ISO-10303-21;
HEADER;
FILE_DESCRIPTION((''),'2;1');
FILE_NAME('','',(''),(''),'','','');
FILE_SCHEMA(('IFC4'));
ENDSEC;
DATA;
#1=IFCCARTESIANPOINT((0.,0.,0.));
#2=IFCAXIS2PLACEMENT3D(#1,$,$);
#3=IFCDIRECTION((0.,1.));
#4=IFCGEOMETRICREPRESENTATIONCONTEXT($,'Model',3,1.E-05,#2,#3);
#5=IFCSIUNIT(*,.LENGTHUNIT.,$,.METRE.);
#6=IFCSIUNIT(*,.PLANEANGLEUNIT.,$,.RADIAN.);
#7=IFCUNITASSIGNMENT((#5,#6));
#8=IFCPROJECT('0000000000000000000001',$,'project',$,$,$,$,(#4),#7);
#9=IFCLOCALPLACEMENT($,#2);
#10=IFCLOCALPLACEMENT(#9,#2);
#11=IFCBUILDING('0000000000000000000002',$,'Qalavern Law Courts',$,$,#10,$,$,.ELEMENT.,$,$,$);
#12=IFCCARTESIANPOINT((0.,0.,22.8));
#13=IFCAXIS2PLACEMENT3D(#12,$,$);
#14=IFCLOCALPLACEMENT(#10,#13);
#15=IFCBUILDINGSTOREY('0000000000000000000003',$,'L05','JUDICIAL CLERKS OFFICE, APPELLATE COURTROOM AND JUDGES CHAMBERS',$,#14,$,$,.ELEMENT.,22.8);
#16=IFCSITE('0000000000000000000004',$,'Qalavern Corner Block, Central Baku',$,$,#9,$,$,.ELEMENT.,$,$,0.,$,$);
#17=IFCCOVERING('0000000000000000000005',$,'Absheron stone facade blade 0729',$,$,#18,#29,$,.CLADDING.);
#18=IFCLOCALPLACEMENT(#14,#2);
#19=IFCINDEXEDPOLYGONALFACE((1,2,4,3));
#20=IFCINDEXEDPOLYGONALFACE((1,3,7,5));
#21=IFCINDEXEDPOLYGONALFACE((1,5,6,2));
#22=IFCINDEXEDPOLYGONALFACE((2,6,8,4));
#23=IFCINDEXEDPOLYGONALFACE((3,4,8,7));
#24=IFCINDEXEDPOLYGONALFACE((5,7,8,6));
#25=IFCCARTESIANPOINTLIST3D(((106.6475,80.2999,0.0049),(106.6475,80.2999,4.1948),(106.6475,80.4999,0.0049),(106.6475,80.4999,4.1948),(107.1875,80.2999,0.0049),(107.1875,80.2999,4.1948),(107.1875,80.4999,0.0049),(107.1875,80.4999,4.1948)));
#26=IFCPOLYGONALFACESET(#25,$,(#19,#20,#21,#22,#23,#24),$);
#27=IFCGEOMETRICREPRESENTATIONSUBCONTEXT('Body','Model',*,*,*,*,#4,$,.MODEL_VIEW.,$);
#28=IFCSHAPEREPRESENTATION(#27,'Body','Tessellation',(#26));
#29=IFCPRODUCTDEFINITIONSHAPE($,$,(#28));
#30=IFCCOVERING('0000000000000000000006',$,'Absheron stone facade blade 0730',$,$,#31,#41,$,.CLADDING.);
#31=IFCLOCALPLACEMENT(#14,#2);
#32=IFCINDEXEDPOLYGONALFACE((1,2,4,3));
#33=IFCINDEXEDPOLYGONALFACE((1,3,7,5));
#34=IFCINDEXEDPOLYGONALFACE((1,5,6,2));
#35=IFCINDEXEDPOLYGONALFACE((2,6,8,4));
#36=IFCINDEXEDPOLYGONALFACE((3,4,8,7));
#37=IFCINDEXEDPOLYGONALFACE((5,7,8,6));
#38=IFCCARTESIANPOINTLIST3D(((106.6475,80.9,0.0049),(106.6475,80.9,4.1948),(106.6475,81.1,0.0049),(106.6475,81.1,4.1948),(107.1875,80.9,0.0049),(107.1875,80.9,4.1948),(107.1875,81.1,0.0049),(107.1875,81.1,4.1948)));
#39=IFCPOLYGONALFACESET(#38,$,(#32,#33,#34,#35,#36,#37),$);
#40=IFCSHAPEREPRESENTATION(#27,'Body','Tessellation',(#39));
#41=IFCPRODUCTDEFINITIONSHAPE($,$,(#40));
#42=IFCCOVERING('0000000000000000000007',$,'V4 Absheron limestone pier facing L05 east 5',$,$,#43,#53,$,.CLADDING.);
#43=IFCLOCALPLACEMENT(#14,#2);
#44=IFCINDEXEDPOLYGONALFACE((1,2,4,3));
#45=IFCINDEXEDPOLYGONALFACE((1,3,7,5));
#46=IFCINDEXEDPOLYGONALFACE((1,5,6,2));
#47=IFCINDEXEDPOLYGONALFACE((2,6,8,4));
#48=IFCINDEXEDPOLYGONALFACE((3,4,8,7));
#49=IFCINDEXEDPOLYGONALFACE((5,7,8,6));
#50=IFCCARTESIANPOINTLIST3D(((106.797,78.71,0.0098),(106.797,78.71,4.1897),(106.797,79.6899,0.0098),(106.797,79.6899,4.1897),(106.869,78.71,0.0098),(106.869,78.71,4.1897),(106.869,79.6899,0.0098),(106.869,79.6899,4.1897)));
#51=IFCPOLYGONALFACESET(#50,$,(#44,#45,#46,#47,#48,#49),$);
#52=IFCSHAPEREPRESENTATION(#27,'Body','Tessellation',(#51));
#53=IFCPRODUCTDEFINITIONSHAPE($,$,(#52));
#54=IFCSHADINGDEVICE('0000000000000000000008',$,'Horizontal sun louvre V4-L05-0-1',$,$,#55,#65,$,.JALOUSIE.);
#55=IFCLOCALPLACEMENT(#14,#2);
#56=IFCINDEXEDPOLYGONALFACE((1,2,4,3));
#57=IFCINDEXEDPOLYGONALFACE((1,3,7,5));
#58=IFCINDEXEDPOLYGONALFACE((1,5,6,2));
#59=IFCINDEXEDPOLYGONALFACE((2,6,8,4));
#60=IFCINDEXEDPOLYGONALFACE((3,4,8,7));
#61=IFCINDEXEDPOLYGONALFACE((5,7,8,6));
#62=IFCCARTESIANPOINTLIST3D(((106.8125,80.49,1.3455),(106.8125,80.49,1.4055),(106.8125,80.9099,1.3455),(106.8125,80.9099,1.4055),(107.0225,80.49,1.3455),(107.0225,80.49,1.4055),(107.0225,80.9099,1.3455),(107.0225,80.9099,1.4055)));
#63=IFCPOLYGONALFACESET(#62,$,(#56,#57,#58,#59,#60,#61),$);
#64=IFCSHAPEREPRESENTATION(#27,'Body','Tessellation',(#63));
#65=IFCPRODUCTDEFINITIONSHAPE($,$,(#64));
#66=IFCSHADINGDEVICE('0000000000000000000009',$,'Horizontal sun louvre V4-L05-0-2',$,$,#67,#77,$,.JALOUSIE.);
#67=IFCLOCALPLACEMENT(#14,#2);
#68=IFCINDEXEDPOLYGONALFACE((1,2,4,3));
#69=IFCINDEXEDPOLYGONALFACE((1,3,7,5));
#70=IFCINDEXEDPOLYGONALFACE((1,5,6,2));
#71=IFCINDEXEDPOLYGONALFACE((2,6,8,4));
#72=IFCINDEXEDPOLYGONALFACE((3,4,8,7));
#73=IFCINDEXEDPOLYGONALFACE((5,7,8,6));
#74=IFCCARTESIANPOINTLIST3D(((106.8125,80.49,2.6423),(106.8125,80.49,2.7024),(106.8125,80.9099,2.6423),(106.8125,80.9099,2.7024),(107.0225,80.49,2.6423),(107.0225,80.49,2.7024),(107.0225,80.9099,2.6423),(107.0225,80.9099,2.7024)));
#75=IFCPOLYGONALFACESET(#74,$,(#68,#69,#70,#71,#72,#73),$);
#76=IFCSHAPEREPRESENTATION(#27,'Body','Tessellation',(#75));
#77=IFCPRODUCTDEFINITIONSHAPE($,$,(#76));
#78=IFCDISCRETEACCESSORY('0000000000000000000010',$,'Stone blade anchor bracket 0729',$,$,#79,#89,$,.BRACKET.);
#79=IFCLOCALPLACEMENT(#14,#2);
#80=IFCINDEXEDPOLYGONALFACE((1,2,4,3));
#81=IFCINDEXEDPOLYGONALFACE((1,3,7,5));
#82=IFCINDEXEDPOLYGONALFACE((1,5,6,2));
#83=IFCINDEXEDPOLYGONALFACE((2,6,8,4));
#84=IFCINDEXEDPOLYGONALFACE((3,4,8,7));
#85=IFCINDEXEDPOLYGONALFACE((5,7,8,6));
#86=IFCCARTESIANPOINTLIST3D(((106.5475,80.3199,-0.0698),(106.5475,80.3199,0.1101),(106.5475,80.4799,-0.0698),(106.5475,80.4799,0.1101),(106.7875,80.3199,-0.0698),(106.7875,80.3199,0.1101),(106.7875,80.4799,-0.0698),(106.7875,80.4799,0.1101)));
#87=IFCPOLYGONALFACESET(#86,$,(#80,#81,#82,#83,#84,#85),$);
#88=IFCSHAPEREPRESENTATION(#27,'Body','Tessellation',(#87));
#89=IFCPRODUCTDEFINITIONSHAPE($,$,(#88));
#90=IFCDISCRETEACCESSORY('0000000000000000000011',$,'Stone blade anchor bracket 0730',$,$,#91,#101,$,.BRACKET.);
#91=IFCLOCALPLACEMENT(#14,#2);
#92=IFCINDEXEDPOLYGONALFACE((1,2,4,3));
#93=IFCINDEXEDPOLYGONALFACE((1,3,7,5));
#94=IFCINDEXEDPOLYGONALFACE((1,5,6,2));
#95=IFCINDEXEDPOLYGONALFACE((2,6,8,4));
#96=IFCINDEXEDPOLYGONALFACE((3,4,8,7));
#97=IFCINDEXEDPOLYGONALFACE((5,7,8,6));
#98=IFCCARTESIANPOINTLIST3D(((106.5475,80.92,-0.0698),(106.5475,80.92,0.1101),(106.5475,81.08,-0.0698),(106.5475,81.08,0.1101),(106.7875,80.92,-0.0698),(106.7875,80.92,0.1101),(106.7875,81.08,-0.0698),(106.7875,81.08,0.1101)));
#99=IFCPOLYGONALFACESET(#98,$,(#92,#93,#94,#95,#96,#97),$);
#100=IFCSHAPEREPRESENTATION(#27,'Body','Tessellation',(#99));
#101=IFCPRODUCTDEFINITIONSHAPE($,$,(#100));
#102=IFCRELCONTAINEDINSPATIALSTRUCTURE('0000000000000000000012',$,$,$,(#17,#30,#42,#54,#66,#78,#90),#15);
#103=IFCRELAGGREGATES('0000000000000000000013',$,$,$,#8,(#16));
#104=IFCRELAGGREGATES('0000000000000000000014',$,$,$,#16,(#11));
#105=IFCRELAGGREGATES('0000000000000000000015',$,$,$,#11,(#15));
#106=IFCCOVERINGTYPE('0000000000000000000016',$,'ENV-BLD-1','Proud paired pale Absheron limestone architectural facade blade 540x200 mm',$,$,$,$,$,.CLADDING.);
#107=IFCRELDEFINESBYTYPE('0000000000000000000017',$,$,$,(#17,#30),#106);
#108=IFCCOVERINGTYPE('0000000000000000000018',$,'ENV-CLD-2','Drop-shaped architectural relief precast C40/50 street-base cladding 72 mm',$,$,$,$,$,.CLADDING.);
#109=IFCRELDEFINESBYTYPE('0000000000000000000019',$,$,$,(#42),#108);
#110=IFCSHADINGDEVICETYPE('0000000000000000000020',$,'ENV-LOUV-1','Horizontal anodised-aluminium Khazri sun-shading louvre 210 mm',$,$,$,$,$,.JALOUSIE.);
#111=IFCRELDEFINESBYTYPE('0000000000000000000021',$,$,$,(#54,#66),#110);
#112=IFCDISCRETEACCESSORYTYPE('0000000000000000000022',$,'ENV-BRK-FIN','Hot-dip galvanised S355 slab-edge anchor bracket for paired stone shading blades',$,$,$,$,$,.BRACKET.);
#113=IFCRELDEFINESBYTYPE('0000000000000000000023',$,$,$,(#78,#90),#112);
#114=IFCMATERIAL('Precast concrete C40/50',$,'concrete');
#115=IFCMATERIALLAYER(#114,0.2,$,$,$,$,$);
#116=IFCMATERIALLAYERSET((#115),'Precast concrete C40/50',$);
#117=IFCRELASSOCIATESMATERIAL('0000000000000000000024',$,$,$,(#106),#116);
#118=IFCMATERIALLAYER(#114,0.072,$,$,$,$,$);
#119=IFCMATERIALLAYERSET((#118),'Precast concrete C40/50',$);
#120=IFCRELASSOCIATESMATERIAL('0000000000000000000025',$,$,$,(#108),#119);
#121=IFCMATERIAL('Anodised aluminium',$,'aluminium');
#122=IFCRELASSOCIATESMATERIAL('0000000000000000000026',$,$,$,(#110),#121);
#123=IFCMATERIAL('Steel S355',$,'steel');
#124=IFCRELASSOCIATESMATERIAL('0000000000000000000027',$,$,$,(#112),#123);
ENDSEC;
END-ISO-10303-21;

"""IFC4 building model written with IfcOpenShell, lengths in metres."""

from ifc_helpers import new_model, si_unit, direction, frame, origin, origin_2d, place, context, subcontext, project, spatial, rectangle, extrude, material, layer, layer_set, type_object, element, save


model = new_model("IFC4")

# Units and contexts
model_context = context("Model", 3, precision=1e-05, world=origin(), true_north=direction((0.0, 1.0)))
body_context = subcontext(model_context, "Body", "Model", "MODEL_VIEW")
ifc_project = project(units=[si_unit("LENGTHUNIT", "METRE"), si_unit("PLANEANGLEUNIT", "RADIAN")], contexts=[model_context])

# Site, building, storey
site_placement = place(None, origin())
site = spatial("IfcSite", under=ifc_project, at=site_placement, Name="Qalavern Corner Block, Central Baku", CompositionType="ELEMENT", RefElevation=0.0)
building_placement = place(site_placement, origin())
building = spatial("IfcBuilding", under=site, at=building_placement, Name="Qalavern Law Courts", CompositionType="ELEMENT")
storey_placement = place(building_placement, frame((0.0, 0.0, 22.8)))
storey = spatial("IfcBuildingStorey", under=building, at=storey_placement, Name="L05", Description="JUDICIAL CLERKS OFFICE, APPELLATE COURTROOM AND JUDGES CHAMBERS", CompositionType="ELEMENT", Elevation=22.8)

# Shared definitions
ifc_material_1 = material(Name="Anodised aluminium", Category="aluminium")

# Shared definitions
ifc_material_2 = material(Name="Steel S355", Category="steel")

# Coverings
ifc_material_3 = material(Name="Precast concrete C40/50", Category="concrete")
ifc_layer_1 = layer(ifc_material_3, 0.2)
ifc_layer_set_1 = layer_set([ifc_layer_1], Name="Precast concrete C40/50")
covering_type_1 = type_object("IfcCoveringType", Name="ENV-BLD-1", Description="Proud paired pale Absheron limestone architectural facade blade 540x200 mm", PredefinedType="CLADDING", material=ifc_layer_set_1)
for number, where, z_axis, x_axis, name in (
    (1, (106.9175, 80.3999, 0.0049), (0.0, 0.0, 1.0), (1.0, 0.0, 0.0), "Absheron stone facade blade 0729"),
    (2, (106.9175, 81.0, 0.0049), (0.0, 0.0, 1.0), (1.0, 0.0, 0.0), "Absheron stone facade blade 0730"),
):
    element("IfcCovering", number, at=place(storey_placement, frame(where, z_axis=z_axis, x_axis=x_axis)), inside=storey, type_object=covering_type_1, Name=name, PredefinedType="CLADDING", context=body_context, shape_type="SweptSolid", body=[
        extrude(rectangle(XDim=0.54, YDim=0.2, at=origin_2d()), origin(), (0.0, 0.0, 1.0), 4.1899),
    ])
ifc_layer_2 = layer(ifc_material_3, 0.072)
ifc_layer_set_2 = layer_set([ifc_layer_2], Name="Precast concrete C40/50")
covering_type_2 = type_object("IfcCoveringType", Name="ENV-CLD-2", Description="Drop-shaped architectural relief precast C40/50 street-base cladding 72 mm", PredefinedType="CLADDING", material=ifc_layer_set_2)
covering_placement = place(storey_placement, frame((106.833, 79.2, 0.0098), z_axis=(0.0, 0.0, 1.0), x_axis=(0.0, 1.0, 0.0)))
element("IfcCovering", 3, at=covering_placement, inside=storey, type_object=covering_type_2, Name="V4 Absheron limestone pier facing L05 east 5", PredefinedType="CLADDING", context=body_context, shape_type="SweptSolid", body=[
    extrude(rectangle(XDim=0.98, YDim=0.072, at=origin_2d()), origin(), (0.0, 0.0, 1.0), 4.1799),
])

# Shading devices
shading_device_type = type_object("IfcShadingDeviceType", Name="ENV-LOUV-1", Description="Horizontal anodised-aluminium Khazri sun-shading louvre 210 mm", PredefinedType="JALOUSIE", material=ifc_material_1)
for number, where, z_axis, x_axis, name in (
    (4, (106.9175, 80.7, 1.3455), (0.0, 0.0, 1.0), (0.0, 1.0, 0.0), "Horizontal sun louvre V4-L05-0-1"),
    (5, (106.9175, 80.7, 2.6423), (0.0, 0.0, 1.0), (0.0, 1.0, 0.0), "Horizontal sun louvre V4-L05-0-2"),
):
    element("IfcShadingDevice", number, at=place(storey_placement, frame(where, z_axis=z_axis, x_axis=x_axis)), inside=storey, type_object=shading_device_type, Name=name, PredefinedType="JALOUSIE", context=body_context, shape_type="SweptSolid", body=[
        extrude(rectangle(XDim=0.4199, YDim=0.21, at=origin_2d()), origin(), (0.0, 0.0, 1.0), 0.0601),
    ])

# Discrete accessories
discrete_accessory_type = type_object("IfcDiscreteAccessoryType", Name="ENV-BRK-FIN", Description="Hot-dip galvanised S355 slab-edge anchor bracket for paired stone shading blades", PredefinedType="BRACKET", material=ifc_material_2)
for number, where, z_axis, x_axis, name in (
    (6, (106.6675, 80.3999, -0.0698), (0.0, 0.0, 1.0), (1.0, 0.0, 0.0), "Stone blade anchor bracket 0729"),
    (7, (106.6675, 81.0, -0.0698), (0.0, 0.0, 1.0), (1.0, 0.0, 0.0), "Stone blade anchor bracket 0730"),
):
    element("IfcDiscreteAccessory", number, at=place(storey_placement, frame(where, z_axis=z_axis, x_axis=x_axis)), inside=storey, type_object=discrete_accessory_type, Name=name, PredefinedType="BRACKET", context=body_context, shape_type="SweptSolid", body=[
        extrude(rectangle(XDim=0.24, YDim=0.1599, at=origin_2d()), origin(), (0.0, 0.0, 1.0), 0.1799),
    ])

save(model, "model.ifc")
